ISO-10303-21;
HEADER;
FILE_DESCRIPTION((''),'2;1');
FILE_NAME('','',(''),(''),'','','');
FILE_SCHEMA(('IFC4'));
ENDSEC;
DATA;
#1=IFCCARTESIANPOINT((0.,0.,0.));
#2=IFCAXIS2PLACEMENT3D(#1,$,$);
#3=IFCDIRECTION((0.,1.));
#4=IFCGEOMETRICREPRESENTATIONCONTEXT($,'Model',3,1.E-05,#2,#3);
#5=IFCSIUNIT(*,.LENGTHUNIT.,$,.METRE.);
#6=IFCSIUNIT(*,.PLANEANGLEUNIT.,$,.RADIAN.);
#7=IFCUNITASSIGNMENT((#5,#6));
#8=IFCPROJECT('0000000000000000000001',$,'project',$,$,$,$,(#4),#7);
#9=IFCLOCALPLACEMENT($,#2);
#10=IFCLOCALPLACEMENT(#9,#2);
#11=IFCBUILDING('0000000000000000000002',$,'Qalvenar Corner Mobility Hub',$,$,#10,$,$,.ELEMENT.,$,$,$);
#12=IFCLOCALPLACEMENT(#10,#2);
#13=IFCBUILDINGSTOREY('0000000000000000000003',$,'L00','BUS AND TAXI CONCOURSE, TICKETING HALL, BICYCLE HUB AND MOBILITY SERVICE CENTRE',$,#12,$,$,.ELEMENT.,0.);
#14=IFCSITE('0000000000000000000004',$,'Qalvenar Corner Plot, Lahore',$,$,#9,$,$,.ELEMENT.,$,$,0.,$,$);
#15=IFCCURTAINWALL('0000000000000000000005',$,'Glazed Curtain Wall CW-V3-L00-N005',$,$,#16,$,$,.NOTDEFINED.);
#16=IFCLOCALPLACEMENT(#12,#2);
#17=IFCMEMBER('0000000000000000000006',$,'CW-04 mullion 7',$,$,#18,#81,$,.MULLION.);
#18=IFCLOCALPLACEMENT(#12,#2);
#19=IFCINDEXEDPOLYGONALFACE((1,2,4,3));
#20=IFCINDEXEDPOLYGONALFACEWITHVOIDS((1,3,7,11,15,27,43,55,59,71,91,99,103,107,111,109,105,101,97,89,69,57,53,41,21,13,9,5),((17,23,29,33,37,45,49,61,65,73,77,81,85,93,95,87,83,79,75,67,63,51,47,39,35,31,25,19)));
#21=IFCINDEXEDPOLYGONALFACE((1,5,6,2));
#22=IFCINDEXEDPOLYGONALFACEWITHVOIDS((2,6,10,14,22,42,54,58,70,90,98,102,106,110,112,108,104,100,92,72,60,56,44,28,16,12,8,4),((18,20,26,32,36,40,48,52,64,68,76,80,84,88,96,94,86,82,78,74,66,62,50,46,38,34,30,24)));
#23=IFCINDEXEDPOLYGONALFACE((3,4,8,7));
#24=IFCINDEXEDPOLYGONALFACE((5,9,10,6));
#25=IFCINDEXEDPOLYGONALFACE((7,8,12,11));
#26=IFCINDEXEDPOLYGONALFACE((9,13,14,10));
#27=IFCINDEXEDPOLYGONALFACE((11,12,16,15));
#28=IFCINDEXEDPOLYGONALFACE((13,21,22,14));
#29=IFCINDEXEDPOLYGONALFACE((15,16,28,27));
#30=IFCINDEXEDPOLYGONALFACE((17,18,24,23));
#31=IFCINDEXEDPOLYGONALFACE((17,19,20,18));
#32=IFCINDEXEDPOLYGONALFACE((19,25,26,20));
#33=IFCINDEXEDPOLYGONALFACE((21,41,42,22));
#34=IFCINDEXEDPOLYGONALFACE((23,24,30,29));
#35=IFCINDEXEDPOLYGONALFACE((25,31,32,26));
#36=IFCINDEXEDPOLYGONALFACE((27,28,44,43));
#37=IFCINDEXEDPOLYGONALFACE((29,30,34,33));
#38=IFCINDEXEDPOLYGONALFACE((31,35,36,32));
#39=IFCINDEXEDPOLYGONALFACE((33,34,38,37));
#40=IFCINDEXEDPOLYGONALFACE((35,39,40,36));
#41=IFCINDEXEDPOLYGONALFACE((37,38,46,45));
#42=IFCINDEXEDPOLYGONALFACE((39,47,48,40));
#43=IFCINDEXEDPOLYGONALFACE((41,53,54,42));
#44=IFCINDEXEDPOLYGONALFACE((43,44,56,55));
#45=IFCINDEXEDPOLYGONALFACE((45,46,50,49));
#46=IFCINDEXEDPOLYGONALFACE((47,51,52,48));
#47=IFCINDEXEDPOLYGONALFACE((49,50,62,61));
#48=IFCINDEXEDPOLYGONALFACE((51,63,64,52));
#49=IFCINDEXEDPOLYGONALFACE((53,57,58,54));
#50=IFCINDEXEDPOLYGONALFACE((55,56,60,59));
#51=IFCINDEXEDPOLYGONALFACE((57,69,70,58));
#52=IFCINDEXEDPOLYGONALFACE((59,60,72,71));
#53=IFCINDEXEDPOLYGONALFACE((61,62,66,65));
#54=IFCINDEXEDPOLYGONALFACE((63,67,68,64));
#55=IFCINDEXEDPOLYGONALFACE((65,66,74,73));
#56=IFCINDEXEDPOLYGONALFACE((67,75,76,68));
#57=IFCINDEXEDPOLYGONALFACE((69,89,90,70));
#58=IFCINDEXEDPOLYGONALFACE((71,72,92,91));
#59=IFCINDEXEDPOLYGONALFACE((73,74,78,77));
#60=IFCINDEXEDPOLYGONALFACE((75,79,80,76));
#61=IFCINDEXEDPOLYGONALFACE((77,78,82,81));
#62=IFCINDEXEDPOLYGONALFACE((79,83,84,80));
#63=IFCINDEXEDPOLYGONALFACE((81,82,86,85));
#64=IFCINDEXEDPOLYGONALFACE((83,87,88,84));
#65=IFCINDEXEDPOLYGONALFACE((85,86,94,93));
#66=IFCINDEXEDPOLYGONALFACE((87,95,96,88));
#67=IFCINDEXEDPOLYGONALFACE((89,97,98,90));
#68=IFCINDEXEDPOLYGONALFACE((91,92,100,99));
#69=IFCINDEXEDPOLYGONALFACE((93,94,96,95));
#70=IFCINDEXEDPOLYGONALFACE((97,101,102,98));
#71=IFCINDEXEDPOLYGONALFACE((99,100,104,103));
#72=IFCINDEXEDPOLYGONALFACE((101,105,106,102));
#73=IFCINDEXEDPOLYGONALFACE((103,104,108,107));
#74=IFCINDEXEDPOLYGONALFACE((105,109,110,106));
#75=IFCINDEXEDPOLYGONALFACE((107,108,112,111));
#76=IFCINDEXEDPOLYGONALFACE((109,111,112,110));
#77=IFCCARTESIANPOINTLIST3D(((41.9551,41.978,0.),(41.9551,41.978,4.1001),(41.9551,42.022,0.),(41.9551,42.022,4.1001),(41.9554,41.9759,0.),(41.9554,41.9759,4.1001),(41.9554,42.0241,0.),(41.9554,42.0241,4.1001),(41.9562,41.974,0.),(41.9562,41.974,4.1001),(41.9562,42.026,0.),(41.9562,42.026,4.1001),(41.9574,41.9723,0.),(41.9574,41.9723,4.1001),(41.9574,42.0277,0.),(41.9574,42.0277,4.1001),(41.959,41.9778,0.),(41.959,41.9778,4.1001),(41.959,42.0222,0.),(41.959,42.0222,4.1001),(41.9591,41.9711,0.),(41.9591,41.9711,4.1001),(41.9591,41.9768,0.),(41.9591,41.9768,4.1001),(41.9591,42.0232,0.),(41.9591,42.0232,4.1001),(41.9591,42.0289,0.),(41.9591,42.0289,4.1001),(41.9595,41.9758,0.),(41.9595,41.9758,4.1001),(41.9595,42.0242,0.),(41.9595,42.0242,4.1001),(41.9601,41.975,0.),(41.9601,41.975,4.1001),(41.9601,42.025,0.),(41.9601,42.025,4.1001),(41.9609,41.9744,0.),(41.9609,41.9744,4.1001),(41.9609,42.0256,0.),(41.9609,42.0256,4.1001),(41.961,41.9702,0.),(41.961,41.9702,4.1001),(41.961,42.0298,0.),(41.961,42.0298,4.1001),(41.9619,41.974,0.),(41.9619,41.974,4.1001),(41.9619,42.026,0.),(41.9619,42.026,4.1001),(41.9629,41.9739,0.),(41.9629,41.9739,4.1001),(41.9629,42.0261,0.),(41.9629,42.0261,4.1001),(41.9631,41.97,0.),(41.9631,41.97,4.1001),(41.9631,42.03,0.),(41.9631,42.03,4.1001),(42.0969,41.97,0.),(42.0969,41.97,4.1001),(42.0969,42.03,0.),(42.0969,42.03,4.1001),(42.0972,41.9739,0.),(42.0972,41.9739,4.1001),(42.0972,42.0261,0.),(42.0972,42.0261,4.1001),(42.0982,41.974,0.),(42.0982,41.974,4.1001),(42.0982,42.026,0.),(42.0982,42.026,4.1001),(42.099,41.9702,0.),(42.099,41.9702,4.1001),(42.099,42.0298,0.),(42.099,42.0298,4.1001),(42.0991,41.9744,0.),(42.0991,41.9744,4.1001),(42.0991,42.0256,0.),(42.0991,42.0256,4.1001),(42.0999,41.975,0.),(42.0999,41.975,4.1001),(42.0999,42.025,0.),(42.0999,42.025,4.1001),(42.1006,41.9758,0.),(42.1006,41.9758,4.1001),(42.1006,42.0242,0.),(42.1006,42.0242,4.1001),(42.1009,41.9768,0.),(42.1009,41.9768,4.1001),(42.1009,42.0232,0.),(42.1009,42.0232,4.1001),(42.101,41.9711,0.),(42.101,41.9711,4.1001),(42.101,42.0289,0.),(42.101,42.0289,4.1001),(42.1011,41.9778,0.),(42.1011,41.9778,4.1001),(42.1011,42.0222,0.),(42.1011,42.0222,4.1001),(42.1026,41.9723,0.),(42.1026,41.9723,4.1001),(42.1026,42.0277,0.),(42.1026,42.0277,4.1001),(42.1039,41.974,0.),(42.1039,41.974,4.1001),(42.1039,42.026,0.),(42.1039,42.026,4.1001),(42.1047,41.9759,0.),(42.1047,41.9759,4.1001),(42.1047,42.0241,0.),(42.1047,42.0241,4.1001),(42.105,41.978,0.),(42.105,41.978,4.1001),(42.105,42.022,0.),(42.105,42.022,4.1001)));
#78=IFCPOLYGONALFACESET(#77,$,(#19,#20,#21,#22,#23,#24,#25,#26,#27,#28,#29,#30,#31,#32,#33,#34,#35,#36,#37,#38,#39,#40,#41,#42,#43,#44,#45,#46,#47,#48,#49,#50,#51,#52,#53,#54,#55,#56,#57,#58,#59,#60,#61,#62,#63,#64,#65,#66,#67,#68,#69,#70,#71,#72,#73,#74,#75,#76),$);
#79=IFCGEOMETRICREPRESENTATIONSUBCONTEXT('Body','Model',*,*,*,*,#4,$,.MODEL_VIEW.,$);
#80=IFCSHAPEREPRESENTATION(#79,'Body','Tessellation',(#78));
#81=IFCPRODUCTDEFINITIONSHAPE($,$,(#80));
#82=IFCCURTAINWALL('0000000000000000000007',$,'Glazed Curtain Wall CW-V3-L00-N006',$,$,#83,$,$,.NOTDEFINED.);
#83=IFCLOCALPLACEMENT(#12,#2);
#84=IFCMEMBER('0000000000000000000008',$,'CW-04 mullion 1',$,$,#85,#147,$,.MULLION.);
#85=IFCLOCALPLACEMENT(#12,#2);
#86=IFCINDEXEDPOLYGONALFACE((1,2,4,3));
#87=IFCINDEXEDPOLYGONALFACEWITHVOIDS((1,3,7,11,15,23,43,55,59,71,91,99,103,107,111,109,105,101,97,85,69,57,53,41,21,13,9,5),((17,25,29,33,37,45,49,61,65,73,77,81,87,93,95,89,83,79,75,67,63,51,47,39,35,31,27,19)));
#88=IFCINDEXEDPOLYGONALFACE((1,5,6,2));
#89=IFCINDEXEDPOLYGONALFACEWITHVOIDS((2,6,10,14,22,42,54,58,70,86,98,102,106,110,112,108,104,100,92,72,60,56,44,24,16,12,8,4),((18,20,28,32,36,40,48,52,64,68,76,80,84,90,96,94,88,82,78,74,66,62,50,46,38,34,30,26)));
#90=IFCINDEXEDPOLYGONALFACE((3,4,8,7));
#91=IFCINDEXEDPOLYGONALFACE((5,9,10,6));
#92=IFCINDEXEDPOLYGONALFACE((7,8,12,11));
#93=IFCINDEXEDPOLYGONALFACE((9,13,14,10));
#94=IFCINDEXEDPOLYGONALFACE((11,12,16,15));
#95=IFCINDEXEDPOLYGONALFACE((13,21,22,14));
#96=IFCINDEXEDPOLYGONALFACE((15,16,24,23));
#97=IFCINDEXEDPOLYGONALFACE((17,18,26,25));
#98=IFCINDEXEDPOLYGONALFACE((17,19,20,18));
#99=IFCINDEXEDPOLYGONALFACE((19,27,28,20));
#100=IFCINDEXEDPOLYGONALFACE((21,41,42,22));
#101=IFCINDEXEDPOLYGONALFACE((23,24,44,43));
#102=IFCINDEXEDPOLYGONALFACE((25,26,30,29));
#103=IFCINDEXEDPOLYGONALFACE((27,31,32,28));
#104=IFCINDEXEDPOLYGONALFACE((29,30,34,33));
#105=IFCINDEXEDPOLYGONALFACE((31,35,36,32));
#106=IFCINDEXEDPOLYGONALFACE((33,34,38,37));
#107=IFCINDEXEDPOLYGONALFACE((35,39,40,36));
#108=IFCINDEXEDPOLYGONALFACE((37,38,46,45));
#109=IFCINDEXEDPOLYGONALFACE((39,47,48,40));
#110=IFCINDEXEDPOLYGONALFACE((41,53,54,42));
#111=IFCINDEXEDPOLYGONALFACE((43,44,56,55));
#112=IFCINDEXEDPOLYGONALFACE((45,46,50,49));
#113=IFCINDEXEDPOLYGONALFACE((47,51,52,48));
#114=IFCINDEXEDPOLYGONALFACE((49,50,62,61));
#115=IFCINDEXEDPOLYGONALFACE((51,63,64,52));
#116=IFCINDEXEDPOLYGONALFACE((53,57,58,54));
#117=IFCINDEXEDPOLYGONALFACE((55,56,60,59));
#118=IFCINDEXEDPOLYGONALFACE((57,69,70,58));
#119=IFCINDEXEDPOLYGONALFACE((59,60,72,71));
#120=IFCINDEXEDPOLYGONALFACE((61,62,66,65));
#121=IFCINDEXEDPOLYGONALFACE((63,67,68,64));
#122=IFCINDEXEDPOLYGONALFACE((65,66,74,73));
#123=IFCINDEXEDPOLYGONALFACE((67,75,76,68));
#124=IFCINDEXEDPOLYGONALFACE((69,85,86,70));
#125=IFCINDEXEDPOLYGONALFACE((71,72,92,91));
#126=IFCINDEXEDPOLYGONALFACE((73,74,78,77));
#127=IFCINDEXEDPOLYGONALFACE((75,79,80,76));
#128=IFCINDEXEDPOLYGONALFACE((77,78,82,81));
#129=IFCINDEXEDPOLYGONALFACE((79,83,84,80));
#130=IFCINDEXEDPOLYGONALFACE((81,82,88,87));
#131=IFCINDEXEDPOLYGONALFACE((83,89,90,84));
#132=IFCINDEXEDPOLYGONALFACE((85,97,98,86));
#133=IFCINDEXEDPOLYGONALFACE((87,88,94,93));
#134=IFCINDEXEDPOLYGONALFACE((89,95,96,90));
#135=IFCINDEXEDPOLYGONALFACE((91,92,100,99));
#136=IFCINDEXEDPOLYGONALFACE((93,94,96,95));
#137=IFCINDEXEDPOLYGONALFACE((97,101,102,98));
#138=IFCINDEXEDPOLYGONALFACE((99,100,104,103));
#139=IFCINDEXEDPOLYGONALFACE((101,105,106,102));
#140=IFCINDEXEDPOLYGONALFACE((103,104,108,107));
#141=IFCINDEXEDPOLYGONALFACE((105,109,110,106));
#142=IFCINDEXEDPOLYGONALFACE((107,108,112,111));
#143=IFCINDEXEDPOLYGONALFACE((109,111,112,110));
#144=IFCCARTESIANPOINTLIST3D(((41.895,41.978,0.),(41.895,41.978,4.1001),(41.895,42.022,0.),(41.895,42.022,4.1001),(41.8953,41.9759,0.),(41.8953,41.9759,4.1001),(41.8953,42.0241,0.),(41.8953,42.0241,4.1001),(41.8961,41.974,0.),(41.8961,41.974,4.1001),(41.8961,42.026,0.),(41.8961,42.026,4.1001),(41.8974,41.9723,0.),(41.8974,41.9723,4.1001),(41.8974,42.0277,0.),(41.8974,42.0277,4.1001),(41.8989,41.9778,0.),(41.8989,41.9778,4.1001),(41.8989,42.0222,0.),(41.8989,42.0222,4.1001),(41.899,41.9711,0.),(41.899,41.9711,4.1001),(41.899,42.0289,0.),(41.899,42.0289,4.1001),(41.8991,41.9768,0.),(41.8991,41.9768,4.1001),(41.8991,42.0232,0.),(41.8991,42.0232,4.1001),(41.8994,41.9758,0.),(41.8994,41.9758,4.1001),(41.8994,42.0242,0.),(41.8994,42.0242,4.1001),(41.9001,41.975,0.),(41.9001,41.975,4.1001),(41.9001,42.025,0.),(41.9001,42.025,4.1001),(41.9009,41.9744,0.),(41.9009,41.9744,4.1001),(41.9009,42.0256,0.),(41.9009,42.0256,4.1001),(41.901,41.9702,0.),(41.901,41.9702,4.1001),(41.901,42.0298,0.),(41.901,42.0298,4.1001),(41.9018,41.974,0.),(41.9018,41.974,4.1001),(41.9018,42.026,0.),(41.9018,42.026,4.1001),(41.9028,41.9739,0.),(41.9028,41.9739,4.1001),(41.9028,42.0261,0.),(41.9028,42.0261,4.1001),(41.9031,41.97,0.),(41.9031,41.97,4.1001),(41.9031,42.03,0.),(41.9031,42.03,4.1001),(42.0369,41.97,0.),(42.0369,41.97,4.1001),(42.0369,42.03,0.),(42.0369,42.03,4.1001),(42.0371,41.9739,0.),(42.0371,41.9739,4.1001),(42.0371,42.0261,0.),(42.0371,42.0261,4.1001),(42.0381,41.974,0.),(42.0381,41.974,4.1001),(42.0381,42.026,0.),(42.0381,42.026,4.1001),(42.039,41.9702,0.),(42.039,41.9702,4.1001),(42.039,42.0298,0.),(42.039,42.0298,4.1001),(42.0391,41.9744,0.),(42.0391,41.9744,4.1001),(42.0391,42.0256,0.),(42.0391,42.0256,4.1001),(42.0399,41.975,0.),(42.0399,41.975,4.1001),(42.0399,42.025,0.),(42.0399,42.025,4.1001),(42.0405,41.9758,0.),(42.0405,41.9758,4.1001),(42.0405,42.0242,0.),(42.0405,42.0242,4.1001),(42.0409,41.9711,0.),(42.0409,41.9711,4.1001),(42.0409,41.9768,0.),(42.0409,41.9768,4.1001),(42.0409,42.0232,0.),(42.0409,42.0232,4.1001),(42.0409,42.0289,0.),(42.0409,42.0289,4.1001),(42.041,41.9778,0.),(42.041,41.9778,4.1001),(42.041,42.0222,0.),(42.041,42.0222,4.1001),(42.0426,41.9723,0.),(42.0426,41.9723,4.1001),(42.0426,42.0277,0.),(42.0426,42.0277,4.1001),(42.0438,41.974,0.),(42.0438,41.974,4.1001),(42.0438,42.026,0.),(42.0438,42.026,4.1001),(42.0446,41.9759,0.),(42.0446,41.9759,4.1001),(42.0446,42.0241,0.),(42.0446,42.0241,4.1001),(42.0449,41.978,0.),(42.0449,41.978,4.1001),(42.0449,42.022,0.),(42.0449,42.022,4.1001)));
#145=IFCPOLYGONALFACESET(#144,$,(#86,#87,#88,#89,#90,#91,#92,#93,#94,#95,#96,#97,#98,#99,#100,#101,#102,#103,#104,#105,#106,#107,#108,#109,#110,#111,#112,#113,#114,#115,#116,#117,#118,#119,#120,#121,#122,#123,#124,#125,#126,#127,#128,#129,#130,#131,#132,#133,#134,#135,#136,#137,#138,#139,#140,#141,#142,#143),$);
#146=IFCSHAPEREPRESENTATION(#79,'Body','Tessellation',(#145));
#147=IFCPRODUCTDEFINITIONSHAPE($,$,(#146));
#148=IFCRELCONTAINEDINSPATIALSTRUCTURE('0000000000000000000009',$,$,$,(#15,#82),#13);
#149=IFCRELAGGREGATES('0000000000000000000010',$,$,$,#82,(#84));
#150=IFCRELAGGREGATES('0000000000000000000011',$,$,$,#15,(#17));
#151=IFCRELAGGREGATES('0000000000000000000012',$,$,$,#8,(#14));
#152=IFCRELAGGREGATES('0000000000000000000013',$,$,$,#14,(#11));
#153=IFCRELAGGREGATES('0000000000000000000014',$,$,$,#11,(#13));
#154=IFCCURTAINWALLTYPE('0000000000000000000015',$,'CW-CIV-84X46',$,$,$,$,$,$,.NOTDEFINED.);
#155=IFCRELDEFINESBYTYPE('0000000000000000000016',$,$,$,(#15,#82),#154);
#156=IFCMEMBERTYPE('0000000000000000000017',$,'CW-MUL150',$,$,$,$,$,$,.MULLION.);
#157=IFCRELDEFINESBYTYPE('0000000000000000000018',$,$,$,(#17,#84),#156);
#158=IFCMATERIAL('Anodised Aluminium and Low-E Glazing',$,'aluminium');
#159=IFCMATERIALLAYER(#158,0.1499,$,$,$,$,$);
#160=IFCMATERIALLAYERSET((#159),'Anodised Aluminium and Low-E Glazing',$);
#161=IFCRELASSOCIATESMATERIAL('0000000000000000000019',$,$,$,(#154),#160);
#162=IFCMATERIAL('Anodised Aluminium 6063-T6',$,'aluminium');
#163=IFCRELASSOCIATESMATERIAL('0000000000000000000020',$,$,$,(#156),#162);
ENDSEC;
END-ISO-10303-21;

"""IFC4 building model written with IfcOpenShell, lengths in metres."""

from ifc_helpers import new_model, si_unit, direction, frame, origin, origin_2d, place, context, subcontext, project, spatial, hollow_rectangle, extrude, material, layer, layer_set, material_profile, profile_set, type_object, element, aggregate, save


model = new_model("IFC4")

# Units and contexts
model_context = context("Model", 3, precision=1e-05, world=origin(), true_north=direction((0.0, 1.0)))
body_context = subcontext(model_context, "Body", "Model", "MODEL_VIEW")
ifc_project = project(units=[si_unit("LENGTHUNIT", "METRE"), si_unit("PLANEANGLEUNIT", "RADIAN")], contexts=[model_context])

# Site, building, storey
site_placement = place(None, origin())
site = spatial("IfcSite", under=ifc_project, at=site_placement, Name="Qalvenar Corner Plot, Lahore", CompositionType="ELEMENT", RefElevation=0.0)
building_placement = place(site_placement, origin())
building = spatial("IfcBuilding", under=site, at=building_placement, Name="Qalvenar Corner Mobility Hub", CompositionType="ELEMENT")
storey_placement = place(building_placement, origin())
storey = spatial("IfcBuildingStorey", under=building, at=storey_placement, Name="L00", Description="BUS AND TAXI CONCOURSE, TICKETING HALL, BICYCLE HUB AND MOBILITY SERVICE CENTRE", CompositionType="ELEMENT", Elevation=0.0)

# Curtain wall, member
ifc_material_1 = material(Name="Anodised Aluminium and Low-E Glazing", Category="aluminium")
ifc_layer_1 = layer(ifc_material_1, 0.1499)
ifc_layer_set_1 = layer_set([ifc_layer_1], Name="Anodised Aluminium and Low-E Glazing")
curtain_wall_type = type_object("IfcCurtainWallType", Name="CW-CIV-84X46", PredefinedType="NOTDEFINED", material=ifc_layer_set_1)
curtain_wall_1_placement = place(storey_placement, origin())
curtain_wall_1 = element("IfcCurtainWall", 1, at=curtain_wall_1_placement, inside=storey, type_object=curtain_wall_type, Name="Glazed Curtain Wall CW-V3-L00-N005", PredefinedType="NOTDEFINED")
ifc_material_2 = material(Name="Anodised Aluminium 6063-T6", Category="aluminium")
ifc_material_profile_1 = material_profile(ifc_material_2, hollow_rectangle(XDim=0.0601, YDim=0.1499, WallThickness=0.0039, InnerFilletRadius=0.0039, OuterFilletRadius=0.0081, at=origin_2d()), Name="RHS150x60x4")
ifc_profile_set_1 = profile_set([ifc_material_profile_1], Name="Anodised Aluminium 6063-T6")
member_type_1 = type_object("IfcMemberType", Name="CW-MUL150", PredefinedType="MULLION", material=ifc_profile_set_1)
member_1_placement = place(storey_placement, frame((42.03, 42.0, 0.0), z_axis=(0.0, 0.0, 1.0), x_axis=(0.0, -1.0, 0.0)))
member_1 = element("IfcMember", 2, at=member_1_placement, type_object=member_type_1, Name="CW-04 mullion 7", PredefinedType="MULLION", context=body_context, shape_type="SweptSolid", body=[
    extrude(hollow_rectangle(XDim=0.0601, YDim=0.1499, WallThickness=0.0039, InnerFilletRadius=0.0039, OuterFilletRadius=0.0081, at=origin_2d()), origin(), (0.0, 0.0, 1.0), 4.1001),
])

# Curtain wall, member
curtain_wall_2_placement = place(storey_placement, origin())
curtain_wall_2 = element("IfcCurtainWall", 3, at=curtain_wall_2_placement, inside=storey, type_object=curtain_wall_type, Name="Glazed Curtain Wall CW-V3-L00-N006", PredefinedType="NOTDEFINED")
member_2_placement = place(storey_placement, frame((41.97, 42.0, 0.0), z_axis=(0.0, 0.0, 1.0), x_axis=(0.0, -1.0, 0.0)))
member_2 = element("IfcMember", 4, at=member_2_placement, type_object=member_type_1, Name="CW-04 mullion 1", PredefinedType="MULLION", context=body_context, shape_type="SweptSolid", body=[
    extrude(hollow_rectangle(XDim=0.0601, YDim=0.1499, WallThickness=0.0039, InnerFilletRadius=0.0039, OuterFilletRadius=0.0081, at=origin_2d()), origin(), (0.0, 0.0, 1.0), 4.1001),
])
aggregate(curtain_wall_2, [member_2])

aggregate(curtain_wall_1, [member_1])

save(model, "model.ifc")
